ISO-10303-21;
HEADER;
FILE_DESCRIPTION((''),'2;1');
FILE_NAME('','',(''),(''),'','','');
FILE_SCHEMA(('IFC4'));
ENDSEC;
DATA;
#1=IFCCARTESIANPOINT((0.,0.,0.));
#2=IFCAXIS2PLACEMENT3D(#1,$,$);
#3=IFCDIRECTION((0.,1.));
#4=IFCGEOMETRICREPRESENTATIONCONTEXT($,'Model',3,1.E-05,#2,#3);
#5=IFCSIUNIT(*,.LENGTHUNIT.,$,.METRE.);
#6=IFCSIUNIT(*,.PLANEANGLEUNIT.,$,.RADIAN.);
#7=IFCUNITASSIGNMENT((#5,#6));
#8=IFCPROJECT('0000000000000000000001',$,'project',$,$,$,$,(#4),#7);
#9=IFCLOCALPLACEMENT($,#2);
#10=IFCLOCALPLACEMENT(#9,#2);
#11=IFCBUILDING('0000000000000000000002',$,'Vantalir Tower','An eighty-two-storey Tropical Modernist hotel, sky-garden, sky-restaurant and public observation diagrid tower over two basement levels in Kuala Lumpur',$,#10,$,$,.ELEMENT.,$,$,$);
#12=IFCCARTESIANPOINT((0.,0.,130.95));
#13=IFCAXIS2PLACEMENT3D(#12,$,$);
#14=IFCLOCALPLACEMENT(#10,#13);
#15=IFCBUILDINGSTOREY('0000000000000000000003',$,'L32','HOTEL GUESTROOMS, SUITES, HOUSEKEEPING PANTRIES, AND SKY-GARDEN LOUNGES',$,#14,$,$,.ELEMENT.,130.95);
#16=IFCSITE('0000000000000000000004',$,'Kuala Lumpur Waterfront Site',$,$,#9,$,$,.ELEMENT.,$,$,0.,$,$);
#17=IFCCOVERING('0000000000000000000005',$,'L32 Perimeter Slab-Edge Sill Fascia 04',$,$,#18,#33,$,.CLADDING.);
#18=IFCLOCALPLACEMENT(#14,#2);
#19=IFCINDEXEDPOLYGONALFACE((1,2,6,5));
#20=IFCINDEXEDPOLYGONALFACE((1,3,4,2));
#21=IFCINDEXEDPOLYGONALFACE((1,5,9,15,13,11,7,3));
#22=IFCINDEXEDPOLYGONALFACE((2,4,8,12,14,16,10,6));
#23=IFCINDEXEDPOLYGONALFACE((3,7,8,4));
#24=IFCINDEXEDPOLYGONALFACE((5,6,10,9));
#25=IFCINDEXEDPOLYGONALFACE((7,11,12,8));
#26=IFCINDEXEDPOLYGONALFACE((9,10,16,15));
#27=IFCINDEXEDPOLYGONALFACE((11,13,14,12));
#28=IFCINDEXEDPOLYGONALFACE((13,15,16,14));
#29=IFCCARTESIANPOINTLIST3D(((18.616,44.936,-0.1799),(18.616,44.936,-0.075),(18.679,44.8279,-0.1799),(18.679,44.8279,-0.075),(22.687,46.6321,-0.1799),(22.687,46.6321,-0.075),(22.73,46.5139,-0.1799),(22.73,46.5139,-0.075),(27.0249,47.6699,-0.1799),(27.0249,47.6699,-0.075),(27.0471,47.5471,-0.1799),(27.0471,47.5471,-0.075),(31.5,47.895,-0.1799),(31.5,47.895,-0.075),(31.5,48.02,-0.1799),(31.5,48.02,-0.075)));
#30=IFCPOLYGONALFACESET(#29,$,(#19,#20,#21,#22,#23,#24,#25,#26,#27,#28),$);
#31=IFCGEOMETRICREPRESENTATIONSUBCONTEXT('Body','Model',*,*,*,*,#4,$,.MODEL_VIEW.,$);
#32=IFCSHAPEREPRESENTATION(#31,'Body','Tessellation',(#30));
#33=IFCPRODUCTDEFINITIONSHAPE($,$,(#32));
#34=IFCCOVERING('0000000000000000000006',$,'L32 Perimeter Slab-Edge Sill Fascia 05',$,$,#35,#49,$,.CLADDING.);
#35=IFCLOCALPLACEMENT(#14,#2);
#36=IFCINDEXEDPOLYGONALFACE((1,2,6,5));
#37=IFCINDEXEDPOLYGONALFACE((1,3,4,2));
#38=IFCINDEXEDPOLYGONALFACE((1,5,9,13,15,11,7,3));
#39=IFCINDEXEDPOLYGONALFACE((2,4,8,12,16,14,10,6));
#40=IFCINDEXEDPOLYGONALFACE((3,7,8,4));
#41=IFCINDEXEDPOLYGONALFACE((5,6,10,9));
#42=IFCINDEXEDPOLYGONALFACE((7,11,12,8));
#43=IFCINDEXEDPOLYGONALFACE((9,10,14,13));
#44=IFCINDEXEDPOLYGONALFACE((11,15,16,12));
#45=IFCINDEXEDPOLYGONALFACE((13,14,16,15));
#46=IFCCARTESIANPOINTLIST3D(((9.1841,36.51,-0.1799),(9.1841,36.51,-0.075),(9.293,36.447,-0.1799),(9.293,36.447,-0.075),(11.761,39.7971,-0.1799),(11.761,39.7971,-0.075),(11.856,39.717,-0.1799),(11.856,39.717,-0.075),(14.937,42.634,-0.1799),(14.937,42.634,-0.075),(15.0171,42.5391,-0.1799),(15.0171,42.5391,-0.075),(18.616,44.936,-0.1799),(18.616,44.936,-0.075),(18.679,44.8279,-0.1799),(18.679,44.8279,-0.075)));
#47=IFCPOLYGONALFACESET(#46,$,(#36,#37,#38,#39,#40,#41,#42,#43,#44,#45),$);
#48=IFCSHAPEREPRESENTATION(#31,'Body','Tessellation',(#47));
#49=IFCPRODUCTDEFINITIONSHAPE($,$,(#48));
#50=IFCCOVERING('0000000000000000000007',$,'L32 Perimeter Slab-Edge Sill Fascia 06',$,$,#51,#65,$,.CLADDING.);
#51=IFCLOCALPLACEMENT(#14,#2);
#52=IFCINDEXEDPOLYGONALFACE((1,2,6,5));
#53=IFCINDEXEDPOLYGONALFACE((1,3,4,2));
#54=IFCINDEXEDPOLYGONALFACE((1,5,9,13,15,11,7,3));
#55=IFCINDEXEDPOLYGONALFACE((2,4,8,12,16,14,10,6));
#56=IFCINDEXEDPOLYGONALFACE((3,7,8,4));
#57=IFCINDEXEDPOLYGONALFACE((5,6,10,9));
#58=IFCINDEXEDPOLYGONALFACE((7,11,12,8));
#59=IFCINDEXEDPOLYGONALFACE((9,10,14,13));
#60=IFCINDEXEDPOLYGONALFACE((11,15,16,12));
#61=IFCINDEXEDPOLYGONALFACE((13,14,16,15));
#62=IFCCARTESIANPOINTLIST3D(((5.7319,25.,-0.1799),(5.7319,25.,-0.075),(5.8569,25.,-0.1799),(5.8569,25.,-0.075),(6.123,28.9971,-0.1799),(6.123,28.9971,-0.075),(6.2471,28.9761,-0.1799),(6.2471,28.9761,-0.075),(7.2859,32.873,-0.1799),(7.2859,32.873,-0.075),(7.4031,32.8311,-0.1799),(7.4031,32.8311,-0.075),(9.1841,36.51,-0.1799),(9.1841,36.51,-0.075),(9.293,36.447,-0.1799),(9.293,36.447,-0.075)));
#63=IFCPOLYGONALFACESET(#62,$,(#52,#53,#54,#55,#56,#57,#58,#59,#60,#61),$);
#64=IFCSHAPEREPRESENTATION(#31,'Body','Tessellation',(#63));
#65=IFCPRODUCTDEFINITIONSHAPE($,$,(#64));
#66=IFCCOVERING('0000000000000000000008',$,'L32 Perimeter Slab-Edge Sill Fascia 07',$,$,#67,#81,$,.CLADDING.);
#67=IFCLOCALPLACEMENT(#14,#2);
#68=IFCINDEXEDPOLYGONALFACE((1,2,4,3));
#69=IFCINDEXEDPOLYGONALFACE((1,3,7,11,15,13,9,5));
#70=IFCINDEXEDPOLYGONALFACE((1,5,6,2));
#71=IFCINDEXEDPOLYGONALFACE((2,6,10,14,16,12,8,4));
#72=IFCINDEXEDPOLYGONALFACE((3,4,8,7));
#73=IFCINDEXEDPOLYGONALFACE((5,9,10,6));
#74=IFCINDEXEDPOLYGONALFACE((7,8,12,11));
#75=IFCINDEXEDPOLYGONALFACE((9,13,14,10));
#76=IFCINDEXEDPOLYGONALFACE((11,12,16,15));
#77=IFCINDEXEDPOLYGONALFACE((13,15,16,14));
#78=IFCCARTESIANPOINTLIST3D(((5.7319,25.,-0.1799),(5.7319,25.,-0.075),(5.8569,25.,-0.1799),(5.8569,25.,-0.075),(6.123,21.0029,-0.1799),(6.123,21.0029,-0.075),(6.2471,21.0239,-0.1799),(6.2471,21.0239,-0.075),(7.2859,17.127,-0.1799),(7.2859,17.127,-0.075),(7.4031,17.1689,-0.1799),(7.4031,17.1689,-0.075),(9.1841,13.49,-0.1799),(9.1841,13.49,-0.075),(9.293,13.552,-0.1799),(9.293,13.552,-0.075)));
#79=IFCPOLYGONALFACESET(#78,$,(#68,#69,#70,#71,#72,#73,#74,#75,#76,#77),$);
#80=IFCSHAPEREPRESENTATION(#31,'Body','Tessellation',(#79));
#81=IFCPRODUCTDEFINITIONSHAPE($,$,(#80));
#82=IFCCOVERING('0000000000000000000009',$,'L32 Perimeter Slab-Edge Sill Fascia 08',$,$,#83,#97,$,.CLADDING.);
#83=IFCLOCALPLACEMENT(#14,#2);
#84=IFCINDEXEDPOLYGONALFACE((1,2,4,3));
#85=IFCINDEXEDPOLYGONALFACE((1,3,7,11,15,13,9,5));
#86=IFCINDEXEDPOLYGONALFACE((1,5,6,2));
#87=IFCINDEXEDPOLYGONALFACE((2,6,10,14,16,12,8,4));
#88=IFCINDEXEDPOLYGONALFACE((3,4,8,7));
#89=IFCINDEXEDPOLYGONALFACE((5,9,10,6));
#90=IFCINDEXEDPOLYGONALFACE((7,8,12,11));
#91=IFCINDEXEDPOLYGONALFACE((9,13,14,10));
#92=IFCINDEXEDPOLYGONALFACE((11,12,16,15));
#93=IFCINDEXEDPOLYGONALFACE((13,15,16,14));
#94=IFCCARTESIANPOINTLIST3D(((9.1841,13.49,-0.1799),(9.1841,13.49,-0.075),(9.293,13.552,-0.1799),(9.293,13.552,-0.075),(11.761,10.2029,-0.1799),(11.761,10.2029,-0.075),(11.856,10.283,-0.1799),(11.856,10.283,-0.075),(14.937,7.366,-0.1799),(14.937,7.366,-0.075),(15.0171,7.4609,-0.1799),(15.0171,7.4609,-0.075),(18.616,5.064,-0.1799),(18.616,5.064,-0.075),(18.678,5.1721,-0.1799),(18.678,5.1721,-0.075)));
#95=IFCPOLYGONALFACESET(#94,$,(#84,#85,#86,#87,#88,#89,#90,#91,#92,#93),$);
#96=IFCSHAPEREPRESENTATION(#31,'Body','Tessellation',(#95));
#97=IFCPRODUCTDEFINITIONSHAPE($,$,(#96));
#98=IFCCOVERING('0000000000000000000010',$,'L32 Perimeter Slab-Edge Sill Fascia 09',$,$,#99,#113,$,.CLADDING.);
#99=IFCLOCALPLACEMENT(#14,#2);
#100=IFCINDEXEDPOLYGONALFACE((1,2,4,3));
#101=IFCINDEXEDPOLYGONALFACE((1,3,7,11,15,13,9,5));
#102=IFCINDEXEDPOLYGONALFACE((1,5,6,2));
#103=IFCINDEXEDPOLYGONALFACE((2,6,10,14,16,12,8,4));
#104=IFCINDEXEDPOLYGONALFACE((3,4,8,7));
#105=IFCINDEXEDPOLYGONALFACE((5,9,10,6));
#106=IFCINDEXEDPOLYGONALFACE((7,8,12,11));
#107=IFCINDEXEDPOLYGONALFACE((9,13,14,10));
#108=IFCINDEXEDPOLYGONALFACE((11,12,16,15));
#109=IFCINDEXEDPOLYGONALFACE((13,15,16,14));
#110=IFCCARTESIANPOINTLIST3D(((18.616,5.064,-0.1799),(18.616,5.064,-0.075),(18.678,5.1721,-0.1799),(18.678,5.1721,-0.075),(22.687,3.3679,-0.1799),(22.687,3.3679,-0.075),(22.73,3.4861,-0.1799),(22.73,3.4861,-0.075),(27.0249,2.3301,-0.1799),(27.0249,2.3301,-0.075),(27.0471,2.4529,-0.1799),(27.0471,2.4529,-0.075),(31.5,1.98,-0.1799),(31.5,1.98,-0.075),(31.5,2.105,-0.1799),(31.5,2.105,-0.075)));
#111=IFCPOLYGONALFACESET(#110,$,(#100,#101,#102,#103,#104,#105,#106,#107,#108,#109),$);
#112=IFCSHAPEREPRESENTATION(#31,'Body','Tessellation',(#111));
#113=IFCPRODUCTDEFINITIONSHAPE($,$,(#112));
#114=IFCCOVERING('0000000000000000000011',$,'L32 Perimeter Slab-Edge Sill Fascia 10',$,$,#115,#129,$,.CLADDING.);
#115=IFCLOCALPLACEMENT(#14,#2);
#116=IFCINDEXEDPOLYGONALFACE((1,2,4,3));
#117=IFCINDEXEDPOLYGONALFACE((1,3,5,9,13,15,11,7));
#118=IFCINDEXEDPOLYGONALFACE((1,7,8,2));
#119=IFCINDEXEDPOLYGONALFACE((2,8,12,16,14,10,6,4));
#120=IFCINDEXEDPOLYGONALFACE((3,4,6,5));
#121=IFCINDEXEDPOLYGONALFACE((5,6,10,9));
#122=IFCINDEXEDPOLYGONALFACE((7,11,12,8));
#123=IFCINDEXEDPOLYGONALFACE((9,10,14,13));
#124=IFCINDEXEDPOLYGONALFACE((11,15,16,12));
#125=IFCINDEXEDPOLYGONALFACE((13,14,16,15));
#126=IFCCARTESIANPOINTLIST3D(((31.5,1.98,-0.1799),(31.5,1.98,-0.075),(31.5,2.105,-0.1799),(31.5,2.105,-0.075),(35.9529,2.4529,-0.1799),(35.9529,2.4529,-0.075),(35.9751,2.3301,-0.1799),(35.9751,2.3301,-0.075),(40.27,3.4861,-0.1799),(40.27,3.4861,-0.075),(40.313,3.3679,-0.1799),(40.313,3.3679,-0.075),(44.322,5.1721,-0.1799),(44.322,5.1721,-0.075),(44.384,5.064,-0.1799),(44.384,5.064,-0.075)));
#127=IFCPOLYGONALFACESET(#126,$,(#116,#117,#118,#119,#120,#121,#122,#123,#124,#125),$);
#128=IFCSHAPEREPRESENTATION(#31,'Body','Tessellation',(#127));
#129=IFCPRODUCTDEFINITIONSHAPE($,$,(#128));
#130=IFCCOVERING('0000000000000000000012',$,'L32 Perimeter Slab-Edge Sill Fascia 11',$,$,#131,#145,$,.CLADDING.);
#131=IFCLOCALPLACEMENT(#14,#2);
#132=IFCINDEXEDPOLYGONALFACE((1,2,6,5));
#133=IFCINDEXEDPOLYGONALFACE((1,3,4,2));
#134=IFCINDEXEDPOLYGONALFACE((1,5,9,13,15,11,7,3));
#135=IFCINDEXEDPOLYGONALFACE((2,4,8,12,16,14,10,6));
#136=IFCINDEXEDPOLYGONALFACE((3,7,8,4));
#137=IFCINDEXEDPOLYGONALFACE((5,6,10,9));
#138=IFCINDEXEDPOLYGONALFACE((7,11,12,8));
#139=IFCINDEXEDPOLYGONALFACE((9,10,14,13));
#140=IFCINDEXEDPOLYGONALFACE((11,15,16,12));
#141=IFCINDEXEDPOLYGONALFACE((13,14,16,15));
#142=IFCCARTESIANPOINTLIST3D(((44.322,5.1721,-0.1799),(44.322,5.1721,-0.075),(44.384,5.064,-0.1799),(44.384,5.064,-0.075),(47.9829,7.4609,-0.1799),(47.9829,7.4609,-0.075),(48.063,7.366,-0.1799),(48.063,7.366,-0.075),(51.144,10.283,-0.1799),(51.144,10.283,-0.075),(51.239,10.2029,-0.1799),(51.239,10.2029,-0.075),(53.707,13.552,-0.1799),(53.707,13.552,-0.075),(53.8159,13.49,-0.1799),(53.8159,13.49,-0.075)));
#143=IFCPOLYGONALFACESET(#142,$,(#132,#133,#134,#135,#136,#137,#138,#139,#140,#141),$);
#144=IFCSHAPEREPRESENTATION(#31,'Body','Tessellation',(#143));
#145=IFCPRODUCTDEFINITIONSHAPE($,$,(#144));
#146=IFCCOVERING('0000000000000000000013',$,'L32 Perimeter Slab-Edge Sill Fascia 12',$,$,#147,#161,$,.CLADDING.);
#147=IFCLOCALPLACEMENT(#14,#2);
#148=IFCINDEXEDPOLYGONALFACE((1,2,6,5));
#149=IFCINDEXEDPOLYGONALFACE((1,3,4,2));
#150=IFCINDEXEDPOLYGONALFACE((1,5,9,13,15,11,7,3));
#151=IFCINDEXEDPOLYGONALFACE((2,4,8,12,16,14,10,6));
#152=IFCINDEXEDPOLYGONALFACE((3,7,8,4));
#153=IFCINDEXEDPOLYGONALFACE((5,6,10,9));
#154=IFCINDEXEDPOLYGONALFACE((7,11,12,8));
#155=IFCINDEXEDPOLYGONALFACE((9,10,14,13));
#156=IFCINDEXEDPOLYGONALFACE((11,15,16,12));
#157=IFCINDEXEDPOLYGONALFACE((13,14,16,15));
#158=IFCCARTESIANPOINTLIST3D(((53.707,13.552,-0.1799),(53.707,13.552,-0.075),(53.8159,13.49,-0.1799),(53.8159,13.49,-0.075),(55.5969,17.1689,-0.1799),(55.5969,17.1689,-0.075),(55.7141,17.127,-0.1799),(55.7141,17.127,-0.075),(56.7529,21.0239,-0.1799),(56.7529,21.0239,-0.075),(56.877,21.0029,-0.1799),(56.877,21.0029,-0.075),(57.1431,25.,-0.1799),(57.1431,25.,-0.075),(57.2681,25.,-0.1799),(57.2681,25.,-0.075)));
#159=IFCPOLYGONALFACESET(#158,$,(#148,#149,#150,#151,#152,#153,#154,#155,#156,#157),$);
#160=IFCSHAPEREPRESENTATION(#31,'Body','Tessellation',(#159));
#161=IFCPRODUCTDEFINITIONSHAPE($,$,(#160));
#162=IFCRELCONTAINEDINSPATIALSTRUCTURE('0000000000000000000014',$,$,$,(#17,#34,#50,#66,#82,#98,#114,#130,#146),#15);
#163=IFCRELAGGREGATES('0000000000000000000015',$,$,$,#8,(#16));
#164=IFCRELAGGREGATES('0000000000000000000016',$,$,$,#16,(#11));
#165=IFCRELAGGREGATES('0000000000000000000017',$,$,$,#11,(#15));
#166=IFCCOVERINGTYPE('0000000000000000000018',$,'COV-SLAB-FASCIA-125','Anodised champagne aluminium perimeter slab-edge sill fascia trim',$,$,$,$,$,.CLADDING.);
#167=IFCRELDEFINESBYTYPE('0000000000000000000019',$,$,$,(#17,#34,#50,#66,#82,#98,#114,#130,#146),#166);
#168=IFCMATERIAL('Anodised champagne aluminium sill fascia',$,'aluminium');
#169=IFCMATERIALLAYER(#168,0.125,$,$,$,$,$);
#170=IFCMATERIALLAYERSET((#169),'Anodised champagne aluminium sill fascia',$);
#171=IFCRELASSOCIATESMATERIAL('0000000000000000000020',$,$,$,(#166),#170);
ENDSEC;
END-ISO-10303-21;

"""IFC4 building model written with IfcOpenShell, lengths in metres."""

from ifc_helpers import new_model, si_unit, direction, frame, origin, place, context, subcontext, project, spatial, polyline, outline, extrude, material, layer, layer_set, type_object, element, save


model = new_model("IFC4")

# Units and contexts
model_context = context("Model", 3, precision=1e-05, world=origin(), true_north=direction((0.0, 1.0)))
body_context = subcontext(model_context, "Body", "Model", "MODEL_VIEW")
ifc_project = project(units=[si_unit("LENGTHUNIT", "METRE"), si_unit("PLANEANGLEUNIT", "RADIAN")], contexts=[model_context])

# Site, building, storey
site_placement = place(None, origin())
site = spatial("IfcSite", under=ifc_project, at=site_placement, Name="Kuala Lumpur Waterfront Site", CompositionType="ELEMENT", RefElevation=0.0)
building_placement = place(site_placement, origin())
building = spatial("IfcBuilding", under=site, at=building_placement, Name="Vantalir Tower", Description="An eighty-two-storey Tropical Modernist hotel, sky-garden, sky-restaurant and public observation diagrid tower over two basement levels in Kuala Lumpur", CompositionType="ELEMENT")
storey_placement = place(building_placement, frame((0.0, 0.0, 130.95)))
storey = spatial("IfcBuildingStorey", under=building, at=storey_placement, Name="L32", Description="HOTEL GUESTROOMS, SUITES, HOUSEKEEPING PANTRIES, AND SKY-GARDEN LOUNGES", CompositionType="ELEMENT", Elevation=130.95)

# Coverings
ifc_material_1 = material(Name="Anodised champagne aluminium sill fascia", Category="aluminium")
ifc_layer_1 = layer(ifc_material_1, 0.125)
ifc_layer_set_1 = layer_set([ifc_layer_1], Name="Anodised champagne aluminium sill fascia")
covering_type = type_object("IfcCoveringType", Name="COV-SLAB-FASCIA-125", Description="Anodised champagne aluminium perimeter slab-edge sill fascia trim", PredefinedType="CLADDING", material=ifc_layer_set_1)
covering_1_placement = place(storey_placement, frame((0.0, 0.0, -0.1799)))
element("IfcCovering", 1, at=covering_1_placement, inside=storey, type_object=covering_type, Name="L32 Perimeter Slab-Edge Sill Fascia 04", PredefinedType="CLADDING", context=body_context, shape_type="SweptSolid", body=[
    extrude(outline(polyline([(31.5, 48.02), (27.0249, 47.6699), (22.687, 46.6321), (18.616, 44.936), (18.679, 44.8279), (22.73, 46.5139), (27.0471, 47.5471), (31.5, 47.895), (31.5, 48.02)])), origin(), (0.0, 0.0, 1.0), 0.105),
])
covering_2_placement = place(storey_placement, frame((0.0, 0.0, -0.1799)))
element("IfcCovering", 2, at=covering_2_placement, inside=storey, type_object=covering_type, Name="L32 Perimeter Slab-Edge Sill Fascia 05", PredefinedType="CLADDING", context=body_context, shape_type="SweptSolid", body=[
    extrude(outline(polyline([(18.616, 44.936), (14.937, 42.634), (11.761, 39.7971), (9.1841, 36.51), (9.293, 36.447), (11.856, 39.717), (15.0171, 42.5391), (18.679, 44.8279), (18.616, 44.936)])), origin(), (0.0, 0.0, 1.0), 0.105),
])
covering_3_placement = place(storey_placement, frame((0.0, 0.0, -0.1799)))
element("IfcCovering", 3, at=covering_3_placement, inside=storey, type_object=covering_type, Name="L32 Perimeter Slab-Edge Sill Fascia 06", PredefinedType="CLADDING", context=body_context, shape_type="SweptSolid", body=[
    extrude(outline(polyline([(9.1841, 36.51), (7.2859, 32.873), (6.123, 28.9971), (5.7319, 25.0), (5.8569, 25.0), (6.2471, 28.9761), (7.4031, 32.8311), (9.293, 36.447), (9.1841, 36.51)])), origin(), (0.0, 0.0, 1.0), 0.105),
])
covering_4_placement = place(storey_placement, frame((0.0, 0.0, -0.1799)))
element("IfcCovering", 4, at=covering_4_placement, inside=storey, type_object=covering_type, Name="L32 Perimeter Slab-Edge Sill Fascia 07", PredefinedType="CLADDING", context=body_context, shape_type="SweptSolid", body=[
    extrude(outline(polyline([(5.7319, 25.0), (6.123, 21.0029), (7.2859, 17.127), (9.1841, 13.49), (9.293, 13.552), (7.4031, 17.1689), (6.2471, 21.0239), (5.8569, 25.0), (5.7319, 25.0)])), origin(), (0.0, 0.0, 1.0), 0.105),
])
covering_5_placement = place(storey_placement, frame((0.0, 0.0, -0.1799)))
element("IfcCovering", 5, at=covering_5_placement, inside=storey, type_object=covering_type, Name="L32 Perimeter Slab-Edge Sill Fascia 08", PredefinedType="CLADDING", context=body_context, shape_type="SweptSolid", body=[
    extrude(outline(polyline([(9.1841, 13.49), (11.761, 10.2029), (14.937, 7.366), (18.616, 5.064), (18.678, 5.1721), (15.0171, 7.4609), (11.856, 10.283), (9.293, 13.552), (9.1841, 13.49)])), origin(), (0.0, 0.0, 1.0), 0.105),
])
covering_6_placement = place(storey_placement, frame((0.0, 0.0, -0.1799)))
element("IfcCovering", 6, at=covering_6_placement, inside=storey, type_object=covering_type, Name="L32 Perimeter Slab-Edge Sill Fascia 09", PredefinedType="CLADDING", context=body_context, shape_type="SweptSolid", body=[
    extrude(outline(polyline([(18.616, 5.064), (22.687, 3.3679), (27.0249, 2.3301), (31.5, 1.98), (31.5, 2.105), (27.0471, 2.4529), (22.73, 3.4861), (18.678, 5.1721), (18.616, 5.064)])), origin(), (0.0, 0.0, 1.0), 0.105),
])
covering_7_placement = place(storey_placement, frame((0.0, 0.0, -0.1799)))
element("IfcCovering", 7, at=covering_7_placement, inside=storey, type_object=covering_type, Name="L32 Perimeter Slab-Edge Sill Fascia 10", PredefinedType="CLADDING", context=body_context, shape_type="SweptSolid", body=[
    extrude(outline(polyline([(31.5, 1.98), (35.9751, 2.3301), (40.313, 3.3679), (44.384, 5.064), (44.322, 5.1721), (40.27, 3.4861), (35.9529, 2.4529), (31.5, 2.105), (31.5, 1.98)])), origin(), (0.0, 0.0, 1.0), 0.105),
])
covering_8_placement = place(storey_placement, frame((0.0, 0.0, -0.1799)))
element("IfcCovering", 8, at=covering_8_placement, inside=storey, type_object=covering_type, Name="L32 Perimeter Slab-Edge Sill Fascia 11", PredefinedType="CLADDING", context=body_context, shape_type="SweptSolid", body=[
    extrude(outline(polyline([(44.384, 5.064), (48.063, 7.366), (51.239, 10.2029), (53.8159, 13.49), (53.707, 13.552), (51.144, 10.283), (47.9829, 7.4609), (44.322, 5.1721), (44.384, 5.064)])), origin(), (0.0, 0.0, 1.0), 0.105),
])
covering_9_placement = place(storey_placement, frame((0.0, 0.0, -0.1799)))
element("IfcCovering", 9, at=covering_9_placement, inside=storey, type_object=covering_type, Name="L32 Perimeter Slab-Edge Sill Fascia 12", PredefinedType="CLADDING", context=body_context, shape_type="SweptSolid", body=[
    extrude(outline(polyline([(53.8159, 13.49), (55.7141, 17.127), (56.877, 21.0029), (57.2681, 25.0), (57.1431, 25.0), (56.7529, 21.0239), (55.5969, 17.1689), (53.707, 13.552), (53.8159, 13.49)])), origin(), (0.0, 0.0, 1.0), 0.105),
])

save(model, "model.ifc")
